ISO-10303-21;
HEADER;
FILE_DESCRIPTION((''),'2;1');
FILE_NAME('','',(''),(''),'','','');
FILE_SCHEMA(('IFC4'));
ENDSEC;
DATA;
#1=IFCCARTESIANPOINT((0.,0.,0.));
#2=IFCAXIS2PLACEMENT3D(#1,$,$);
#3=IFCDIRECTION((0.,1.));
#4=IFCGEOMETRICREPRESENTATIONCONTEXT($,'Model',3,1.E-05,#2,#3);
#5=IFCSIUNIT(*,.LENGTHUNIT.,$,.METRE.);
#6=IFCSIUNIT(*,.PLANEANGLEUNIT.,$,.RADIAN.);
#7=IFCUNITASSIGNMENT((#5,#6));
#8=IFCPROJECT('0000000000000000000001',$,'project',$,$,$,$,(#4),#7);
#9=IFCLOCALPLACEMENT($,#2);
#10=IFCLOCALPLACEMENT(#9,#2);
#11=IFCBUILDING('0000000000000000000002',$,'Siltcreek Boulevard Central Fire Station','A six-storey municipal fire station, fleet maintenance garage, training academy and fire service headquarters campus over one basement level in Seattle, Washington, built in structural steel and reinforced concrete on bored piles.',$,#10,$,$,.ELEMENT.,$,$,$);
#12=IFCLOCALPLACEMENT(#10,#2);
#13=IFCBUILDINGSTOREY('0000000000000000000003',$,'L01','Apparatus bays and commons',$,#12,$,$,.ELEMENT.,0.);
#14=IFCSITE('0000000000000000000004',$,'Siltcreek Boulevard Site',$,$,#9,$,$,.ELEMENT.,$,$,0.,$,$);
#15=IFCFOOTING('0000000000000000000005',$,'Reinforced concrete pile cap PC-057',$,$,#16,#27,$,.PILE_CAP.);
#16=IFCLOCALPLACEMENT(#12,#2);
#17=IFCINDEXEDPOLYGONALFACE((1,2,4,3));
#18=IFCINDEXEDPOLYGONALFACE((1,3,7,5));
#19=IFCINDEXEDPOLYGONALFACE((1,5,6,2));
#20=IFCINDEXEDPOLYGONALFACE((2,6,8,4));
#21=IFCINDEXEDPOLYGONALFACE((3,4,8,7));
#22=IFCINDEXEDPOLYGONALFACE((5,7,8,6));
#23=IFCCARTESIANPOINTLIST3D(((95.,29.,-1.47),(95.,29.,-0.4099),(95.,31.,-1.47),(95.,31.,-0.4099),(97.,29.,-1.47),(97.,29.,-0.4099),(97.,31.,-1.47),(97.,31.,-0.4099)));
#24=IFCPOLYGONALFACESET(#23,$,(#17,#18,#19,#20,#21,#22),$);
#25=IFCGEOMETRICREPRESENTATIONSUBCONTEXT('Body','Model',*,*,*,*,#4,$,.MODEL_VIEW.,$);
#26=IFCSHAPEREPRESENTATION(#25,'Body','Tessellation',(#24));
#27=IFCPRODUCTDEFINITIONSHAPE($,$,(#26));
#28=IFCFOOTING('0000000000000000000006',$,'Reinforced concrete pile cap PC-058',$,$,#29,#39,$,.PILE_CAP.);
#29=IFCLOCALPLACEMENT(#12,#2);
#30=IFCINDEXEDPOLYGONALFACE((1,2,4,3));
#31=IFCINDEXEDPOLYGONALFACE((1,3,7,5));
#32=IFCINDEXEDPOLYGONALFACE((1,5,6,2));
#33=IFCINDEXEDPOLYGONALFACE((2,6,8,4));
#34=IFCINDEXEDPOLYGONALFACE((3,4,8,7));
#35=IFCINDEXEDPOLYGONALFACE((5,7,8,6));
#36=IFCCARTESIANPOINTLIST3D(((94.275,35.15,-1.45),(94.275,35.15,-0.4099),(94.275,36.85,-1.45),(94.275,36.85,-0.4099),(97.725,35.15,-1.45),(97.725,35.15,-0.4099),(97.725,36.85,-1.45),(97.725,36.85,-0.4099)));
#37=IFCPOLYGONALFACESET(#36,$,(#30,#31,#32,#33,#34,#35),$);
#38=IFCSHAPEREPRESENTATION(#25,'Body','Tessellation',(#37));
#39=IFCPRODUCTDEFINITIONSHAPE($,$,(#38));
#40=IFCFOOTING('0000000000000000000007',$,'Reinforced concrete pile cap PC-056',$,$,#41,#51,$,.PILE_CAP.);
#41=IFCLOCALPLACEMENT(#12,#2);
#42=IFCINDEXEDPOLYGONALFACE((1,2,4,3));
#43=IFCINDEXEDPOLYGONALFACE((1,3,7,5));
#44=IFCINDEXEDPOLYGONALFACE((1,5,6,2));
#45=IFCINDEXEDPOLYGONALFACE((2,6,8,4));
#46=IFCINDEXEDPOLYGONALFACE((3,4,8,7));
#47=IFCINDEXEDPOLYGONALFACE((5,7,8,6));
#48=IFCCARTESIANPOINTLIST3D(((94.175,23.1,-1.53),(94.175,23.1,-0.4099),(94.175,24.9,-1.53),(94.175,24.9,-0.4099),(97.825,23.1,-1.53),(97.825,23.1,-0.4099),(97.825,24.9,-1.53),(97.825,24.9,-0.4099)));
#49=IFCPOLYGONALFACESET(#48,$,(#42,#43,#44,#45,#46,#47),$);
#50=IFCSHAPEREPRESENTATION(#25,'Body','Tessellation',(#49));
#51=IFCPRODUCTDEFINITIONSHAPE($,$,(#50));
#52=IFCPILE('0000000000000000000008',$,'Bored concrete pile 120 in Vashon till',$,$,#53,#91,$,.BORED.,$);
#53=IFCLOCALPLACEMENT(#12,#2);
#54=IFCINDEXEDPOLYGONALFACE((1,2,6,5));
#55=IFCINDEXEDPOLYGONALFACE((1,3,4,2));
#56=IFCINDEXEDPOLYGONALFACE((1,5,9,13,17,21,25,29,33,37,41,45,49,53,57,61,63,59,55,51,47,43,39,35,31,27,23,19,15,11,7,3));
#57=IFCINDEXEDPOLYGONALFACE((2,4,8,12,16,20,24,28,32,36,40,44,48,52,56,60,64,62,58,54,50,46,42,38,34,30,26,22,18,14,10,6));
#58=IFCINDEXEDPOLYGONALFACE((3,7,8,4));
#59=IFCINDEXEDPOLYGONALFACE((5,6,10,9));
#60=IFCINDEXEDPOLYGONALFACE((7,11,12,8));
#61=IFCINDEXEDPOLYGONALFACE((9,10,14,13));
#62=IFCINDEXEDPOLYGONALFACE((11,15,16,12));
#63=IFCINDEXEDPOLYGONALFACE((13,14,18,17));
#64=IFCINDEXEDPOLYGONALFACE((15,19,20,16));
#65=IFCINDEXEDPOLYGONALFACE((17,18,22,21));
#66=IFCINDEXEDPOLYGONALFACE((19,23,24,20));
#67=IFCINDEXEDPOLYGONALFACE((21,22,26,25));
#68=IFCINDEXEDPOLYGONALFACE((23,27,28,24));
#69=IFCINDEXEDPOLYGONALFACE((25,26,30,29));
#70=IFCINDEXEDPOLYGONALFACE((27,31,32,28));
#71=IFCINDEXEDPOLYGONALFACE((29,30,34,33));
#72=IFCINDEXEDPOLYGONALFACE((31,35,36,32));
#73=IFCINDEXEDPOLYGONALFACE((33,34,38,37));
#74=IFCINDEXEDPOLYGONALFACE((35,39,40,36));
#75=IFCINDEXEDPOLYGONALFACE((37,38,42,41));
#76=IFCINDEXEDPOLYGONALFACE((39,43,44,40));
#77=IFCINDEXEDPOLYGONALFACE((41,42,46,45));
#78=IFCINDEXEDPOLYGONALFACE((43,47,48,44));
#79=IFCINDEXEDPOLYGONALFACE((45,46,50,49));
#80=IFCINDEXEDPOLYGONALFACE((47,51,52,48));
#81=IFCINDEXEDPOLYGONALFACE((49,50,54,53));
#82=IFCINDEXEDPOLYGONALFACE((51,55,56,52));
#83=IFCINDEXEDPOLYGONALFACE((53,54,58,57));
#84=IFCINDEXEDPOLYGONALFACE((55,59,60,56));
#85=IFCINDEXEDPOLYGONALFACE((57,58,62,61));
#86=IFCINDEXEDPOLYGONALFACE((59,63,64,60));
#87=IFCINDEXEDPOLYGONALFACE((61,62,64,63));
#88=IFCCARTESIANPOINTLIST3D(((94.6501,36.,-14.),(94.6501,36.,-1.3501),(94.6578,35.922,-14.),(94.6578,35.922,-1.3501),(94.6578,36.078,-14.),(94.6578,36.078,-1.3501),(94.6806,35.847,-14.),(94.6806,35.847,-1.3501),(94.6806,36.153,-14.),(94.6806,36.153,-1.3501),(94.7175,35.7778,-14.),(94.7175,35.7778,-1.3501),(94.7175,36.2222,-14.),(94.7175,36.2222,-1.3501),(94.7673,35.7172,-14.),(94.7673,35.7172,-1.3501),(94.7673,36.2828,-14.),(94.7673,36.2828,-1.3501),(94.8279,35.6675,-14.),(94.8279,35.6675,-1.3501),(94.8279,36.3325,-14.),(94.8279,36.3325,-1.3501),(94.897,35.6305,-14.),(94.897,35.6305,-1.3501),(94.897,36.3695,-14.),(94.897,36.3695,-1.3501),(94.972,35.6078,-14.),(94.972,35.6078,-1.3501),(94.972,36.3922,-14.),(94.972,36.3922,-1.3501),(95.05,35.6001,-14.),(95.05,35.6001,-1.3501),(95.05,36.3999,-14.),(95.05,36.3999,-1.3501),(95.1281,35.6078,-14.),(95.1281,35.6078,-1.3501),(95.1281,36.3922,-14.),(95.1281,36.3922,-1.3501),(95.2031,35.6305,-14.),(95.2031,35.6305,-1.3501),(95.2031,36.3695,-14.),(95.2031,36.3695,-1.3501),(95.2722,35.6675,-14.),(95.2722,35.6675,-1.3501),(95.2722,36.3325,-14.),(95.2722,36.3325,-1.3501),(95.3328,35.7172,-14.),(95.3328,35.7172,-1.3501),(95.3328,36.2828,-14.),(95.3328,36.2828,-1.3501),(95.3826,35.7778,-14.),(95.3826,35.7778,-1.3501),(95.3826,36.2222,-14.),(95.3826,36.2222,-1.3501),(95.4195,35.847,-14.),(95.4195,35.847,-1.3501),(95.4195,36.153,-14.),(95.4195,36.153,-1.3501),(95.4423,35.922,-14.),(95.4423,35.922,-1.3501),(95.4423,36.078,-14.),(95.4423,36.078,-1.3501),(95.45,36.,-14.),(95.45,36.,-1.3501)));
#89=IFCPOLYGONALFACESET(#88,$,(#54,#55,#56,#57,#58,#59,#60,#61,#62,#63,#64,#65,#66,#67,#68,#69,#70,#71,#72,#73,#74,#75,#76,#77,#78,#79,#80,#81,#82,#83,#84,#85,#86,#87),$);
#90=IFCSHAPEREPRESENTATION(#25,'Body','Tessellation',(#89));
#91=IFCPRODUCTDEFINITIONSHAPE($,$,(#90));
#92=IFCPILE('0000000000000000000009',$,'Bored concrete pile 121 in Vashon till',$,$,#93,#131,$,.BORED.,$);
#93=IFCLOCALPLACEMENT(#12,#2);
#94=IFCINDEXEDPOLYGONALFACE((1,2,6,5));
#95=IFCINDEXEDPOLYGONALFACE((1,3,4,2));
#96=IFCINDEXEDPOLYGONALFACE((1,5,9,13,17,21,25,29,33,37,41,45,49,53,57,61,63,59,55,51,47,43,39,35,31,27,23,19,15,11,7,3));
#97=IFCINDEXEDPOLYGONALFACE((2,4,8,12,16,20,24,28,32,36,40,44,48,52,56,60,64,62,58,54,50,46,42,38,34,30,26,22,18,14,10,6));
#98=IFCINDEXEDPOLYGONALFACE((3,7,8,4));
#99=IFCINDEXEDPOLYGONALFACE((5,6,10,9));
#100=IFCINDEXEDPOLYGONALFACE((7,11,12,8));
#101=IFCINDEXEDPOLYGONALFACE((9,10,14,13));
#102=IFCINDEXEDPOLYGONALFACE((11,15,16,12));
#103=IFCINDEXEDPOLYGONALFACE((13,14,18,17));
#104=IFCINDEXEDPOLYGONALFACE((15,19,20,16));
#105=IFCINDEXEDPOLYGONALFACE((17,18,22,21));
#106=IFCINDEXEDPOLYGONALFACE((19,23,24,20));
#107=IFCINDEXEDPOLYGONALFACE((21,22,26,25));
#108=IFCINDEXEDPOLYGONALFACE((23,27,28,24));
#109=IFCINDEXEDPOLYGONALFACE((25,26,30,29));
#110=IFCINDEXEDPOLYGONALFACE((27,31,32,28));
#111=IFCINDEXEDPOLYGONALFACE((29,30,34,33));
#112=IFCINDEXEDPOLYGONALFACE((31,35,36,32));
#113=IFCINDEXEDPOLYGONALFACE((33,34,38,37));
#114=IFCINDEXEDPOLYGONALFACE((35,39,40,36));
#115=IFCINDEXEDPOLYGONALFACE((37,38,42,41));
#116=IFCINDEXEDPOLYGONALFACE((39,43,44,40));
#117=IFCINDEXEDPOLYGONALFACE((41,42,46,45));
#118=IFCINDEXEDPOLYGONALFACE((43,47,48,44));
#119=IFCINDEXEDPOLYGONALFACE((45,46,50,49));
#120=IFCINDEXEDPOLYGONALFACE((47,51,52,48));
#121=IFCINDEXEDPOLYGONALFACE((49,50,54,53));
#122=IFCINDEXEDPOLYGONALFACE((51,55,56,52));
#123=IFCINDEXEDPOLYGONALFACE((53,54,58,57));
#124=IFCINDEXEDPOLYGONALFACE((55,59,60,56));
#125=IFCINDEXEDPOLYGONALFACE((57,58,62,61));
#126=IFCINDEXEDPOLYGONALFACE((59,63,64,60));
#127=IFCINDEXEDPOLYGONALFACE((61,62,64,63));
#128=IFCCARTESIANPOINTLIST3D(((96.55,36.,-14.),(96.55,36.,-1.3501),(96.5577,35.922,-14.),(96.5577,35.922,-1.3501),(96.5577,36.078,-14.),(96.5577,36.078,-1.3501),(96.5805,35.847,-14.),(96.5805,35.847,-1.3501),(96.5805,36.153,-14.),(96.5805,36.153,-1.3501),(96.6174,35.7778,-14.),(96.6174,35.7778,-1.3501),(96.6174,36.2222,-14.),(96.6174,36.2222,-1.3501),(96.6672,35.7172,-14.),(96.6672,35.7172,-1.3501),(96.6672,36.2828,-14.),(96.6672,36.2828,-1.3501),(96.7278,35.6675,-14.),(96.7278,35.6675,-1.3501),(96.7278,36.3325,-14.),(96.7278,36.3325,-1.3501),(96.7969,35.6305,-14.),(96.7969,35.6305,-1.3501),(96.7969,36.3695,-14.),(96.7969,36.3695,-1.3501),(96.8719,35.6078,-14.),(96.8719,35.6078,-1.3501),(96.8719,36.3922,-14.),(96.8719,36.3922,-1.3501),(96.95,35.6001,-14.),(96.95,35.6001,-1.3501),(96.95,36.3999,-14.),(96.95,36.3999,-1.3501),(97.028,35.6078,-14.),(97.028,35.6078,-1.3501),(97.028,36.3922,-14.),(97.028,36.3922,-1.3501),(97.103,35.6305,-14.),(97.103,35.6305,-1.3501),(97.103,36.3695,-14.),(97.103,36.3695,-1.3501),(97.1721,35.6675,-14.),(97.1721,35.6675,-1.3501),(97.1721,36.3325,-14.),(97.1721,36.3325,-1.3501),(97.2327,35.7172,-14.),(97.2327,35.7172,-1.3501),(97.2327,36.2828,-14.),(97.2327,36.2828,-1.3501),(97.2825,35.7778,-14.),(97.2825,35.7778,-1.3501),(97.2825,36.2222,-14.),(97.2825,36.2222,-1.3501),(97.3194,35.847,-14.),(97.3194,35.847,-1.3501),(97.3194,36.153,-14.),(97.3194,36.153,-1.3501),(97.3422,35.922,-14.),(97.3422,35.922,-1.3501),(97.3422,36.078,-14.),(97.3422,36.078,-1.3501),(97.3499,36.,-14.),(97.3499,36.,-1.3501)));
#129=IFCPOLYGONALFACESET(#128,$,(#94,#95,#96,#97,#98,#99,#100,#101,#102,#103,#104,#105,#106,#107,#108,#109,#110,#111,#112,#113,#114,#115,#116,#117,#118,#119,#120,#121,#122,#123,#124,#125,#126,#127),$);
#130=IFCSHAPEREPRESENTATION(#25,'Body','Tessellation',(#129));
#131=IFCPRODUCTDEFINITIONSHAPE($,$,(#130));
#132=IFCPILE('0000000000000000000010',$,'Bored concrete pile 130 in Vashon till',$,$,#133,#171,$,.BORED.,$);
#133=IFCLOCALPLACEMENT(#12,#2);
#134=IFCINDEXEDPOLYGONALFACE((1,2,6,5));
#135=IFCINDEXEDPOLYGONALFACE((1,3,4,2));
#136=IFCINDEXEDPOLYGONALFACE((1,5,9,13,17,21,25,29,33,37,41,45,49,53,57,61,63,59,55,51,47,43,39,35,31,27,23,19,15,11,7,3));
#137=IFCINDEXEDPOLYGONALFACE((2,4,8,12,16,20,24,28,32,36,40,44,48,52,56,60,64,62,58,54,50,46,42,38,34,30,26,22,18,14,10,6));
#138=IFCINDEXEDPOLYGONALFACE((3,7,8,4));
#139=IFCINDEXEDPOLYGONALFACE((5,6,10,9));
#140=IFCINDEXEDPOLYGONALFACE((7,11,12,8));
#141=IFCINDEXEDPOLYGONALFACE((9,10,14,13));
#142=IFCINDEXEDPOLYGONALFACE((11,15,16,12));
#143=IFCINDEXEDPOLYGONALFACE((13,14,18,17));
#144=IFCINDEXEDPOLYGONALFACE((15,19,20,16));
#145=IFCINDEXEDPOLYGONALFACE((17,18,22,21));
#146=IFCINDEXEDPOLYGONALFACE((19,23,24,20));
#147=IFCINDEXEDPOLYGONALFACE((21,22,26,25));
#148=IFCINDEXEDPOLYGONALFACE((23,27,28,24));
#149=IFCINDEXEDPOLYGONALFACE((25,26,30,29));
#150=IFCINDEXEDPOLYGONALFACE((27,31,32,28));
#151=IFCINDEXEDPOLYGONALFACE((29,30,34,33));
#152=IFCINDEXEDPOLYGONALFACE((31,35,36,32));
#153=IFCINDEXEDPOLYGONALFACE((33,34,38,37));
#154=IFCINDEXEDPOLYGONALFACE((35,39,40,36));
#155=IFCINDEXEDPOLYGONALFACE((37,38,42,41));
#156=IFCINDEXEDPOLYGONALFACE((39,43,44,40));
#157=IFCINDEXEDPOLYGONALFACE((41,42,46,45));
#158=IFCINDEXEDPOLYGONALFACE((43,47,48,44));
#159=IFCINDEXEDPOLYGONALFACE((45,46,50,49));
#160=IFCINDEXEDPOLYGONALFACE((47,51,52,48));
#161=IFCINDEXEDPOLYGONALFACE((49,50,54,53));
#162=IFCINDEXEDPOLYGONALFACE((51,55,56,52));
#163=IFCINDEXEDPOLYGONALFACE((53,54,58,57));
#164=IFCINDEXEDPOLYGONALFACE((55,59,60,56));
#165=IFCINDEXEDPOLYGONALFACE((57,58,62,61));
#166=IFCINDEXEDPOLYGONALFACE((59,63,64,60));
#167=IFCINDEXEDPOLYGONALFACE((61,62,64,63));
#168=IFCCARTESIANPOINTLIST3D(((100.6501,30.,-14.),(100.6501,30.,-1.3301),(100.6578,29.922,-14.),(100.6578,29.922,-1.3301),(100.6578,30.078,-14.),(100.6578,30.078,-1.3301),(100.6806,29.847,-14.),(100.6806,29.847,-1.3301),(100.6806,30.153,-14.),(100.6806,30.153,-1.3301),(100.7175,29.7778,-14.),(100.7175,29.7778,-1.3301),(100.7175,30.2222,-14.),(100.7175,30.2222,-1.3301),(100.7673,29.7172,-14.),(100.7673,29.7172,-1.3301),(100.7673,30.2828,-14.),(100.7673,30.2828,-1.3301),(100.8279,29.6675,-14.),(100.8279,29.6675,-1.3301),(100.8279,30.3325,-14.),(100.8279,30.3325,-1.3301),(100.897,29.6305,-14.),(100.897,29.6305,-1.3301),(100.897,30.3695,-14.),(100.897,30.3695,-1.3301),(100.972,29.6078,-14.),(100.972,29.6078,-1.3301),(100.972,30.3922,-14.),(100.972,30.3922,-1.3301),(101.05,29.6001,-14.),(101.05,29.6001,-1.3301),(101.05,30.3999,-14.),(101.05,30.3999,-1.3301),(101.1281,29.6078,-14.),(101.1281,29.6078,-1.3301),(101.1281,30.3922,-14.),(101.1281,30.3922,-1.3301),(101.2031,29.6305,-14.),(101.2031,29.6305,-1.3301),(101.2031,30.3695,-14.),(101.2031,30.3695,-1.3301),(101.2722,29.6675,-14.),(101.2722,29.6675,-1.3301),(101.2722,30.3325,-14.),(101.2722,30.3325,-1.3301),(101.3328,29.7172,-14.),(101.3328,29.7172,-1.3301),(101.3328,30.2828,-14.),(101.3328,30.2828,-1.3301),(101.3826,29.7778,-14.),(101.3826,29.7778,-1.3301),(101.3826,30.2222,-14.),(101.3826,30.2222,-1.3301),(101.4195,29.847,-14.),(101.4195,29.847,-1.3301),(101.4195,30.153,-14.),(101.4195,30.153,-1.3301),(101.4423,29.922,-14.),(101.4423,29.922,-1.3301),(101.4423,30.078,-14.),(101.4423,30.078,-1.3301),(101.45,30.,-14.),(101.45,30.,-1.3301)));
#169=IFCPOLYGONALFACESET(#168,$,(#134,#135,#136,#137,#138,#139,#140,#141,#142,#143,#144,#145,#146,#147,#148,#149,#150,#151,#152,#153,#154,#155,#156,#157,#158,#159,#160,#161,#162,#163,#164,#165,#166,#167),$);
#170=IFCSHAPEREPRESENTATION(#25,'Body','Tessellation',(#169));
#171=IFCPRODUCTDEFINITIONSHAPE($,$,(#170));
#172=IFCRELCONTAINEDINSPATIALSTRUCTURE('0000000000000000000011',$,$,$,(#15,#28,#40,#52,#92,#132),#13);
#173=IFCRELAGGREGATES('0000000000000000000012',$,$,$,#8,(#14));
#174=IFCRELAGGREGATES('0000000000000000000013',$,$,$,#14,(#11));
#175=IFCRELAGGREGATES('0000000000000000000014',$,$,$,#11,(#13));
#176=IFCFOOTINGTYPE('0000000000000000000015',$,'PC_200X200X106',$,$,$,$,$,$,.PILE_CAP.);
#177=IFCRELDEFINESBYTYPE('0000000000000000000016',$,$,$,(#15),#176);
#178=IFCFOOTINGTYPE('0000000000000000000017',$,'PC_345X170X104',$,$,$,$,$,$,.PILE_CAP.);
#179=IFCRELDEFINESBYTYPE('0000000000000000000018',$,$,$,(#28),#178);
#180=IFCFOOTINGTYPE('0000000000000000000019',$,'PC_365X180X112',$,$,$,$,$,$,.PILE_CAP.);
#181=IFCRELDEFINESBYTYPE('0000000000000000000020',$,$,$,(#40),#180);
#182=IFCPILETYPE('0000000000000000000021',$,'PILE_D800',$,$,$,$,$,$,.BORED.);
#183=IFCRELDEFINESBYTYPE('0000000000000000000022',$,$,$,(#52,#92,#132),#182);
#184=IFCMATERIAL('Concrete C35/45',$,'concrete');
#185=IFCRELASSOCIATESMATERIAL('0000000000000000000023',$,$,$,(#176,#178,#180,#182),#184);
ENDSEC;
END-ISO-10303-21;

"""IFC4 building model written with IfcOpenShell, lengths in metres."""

from ifc_helpers import new_model, si_unit, direction, frame, origin, origin_2d, place, context, subcontext, project, spatial, rectangle, circle, extrude, material, material_profile, profile_set, type_object, element, save


model = new_model("IFC4")

# Units and contexts
model_context = context("Model", 3, precision=1e-05, world=origin(), true_north=direction((0.0, 1.0)))
body_context = subcontext(model_context, "Body", "Model", "MODEL_VIEW")
ifc_project = project(units=[si_unit("LENGTHUNIT", "METRE"), si_unit("PLANEANGLEUNIT", "RADIAN")], contexts=[model_context])

# Site, building, storey
site_placement = place(None, origin())
site = spatial("IfcSite", under=ifc_project, at=site_placement, Name="Siltcreek Boulevard Site", CompositionType="ELEMENT", RefElevation=0.0)
building_placement = place(site_placement, origin())
building = spatial("IfcBuilding", under=site, at=building_placement, Name="Siltcreek Boulevard Central Fire Station", Description="A six-storey municipal fire station, fleet maintenance garage, training academy and fire service headquarters campus over one basement level in Seattle, Washington, built in structural steel and reinforced concrete on bored piles.", CompositionType="ELEMENT")
storey_placement = place(building_placement, origin())
storey = spatial("IfcBuildingStorey", under=building, at=storey_placement, Name="L01", Description="Apparatus bays and commons", CompositionType="ELEMENT", Elevation=0.0)

# Footings
ifc_material_1 = material(Name="Concrete C35/45", Category="concrete")
footing_type_1 = type_object("IfcFootingType", Name="PC_200X200X106", PredefinedType="PILE_CAP", material=ifc_material_1)
footing_1_placement = place(storey_placement, frame((96.0, 30.0, -1.47), z_axis=(0.0, 0.0, 1.0), x_axis=(1.0, 0.0, 0.0)))
element("IfcFooting", 1, at=footing_1_placement, inside=storey, type_object=footing_type_1, Name="Reinforced concrete pile cap PC-057", PredefinedType="PILE_CAP", context=body_context, shape_type="SweptSolid", body=[
    extrude(rectangle(XDim=2.0, YDim=2.0, at=origin_2d()), origin(), (0.0, 0.0, 1.0), 1.0601),
])
footing_type_2 = type_object("IfcFootingType", Name="PC_345X170X104", PredefinedType="PILE_CAP", material=ifc_material_1)
footing_2_placement = place(storey_placement, frame((96.0, 36.0, -1.45), z_axis=(0.0, 0.0, 1.0), x_axis=(1.0, 0.0, 0.0)))
element("IfcFooting", 2, at=footing_2_placement, inside=storey, type_object=footing_type_2, Name="Reinforced concrete pile cap PC-058", PredefinedType="PILE_CAP", context=body_context, shape_type="SweptSolid", body=[
    extrude(rectangle(XDim=3.45, YDim=1.7, at=origin_2d()), origin(), (0.0, 0.0, 1.0), 1.04),
])
footing_type_3 = type_object("IfcFootingType", Name="PC_365X180X112", PredefinedType="PILE_CAP", material=ifc_material_1)
footing_3_placement = place(storey_placement, frame((96.0, 24.0, -1.53), z_axis=(0.0, 0.0, 1.0), x_axis=(1.0, 0.0, 0.0)))
element("IfcFooting", 3, at=footing_3_placement, inside=storey, type_object=footing_type_3, Name="Reinforced concrete pile cap PC-056", PredefinedType="PILE_CAP", context=body_context, shape_type="SweptSolid", body=[
    extrude(rectangle(XDim=3.6499, YDim=1.8, at=origin_2d()), origin(), (0.0, 0.0, 1.0), 1.1201),
])

# Piles
ifc_material_profile_1 = material_profile(ifc_material_1, circle(Radius=0.3999, at=origin_2d()), Name="SHAFT800")
ifc_profile_set_1 = profile_set([ifc_material_profile_1], Name="Concrete C35/45")
pile_type_1 = type_object("IfcPileType", Name="PILE_D800", PredefinedType="BORED", material=ifc_profile_set_1)
for number, where, z_axis, x_axis, name in (
    (4, (95.05, 36.0, -1.3501), (0.0, 0.0, -1.0), (1.0, 0.0, 0.0), "Bored concrete pile 120 in Vashon till"),
    (5, (96.95, 36.0, -1.3501), (0.0, 0.0, -1.0), (1.0, 0.0, 0.0), "Bored concrete pile 121 in Vashon till"),
):
    element("IfcPile", number, at=place(storey_placement, frame(where, z_axis=z_axis, x_axis=x_axis)), inside=storey, type_object=pile_type_1, Name=name, PredefinedType="BORED", context=body_context, shape_type="SweptSolid", body=[
        extrude(circle(Radius=0.3999, at=origin_2d()), origin(), (0.0, 0.0, 1.0), 12.6499),
    ])
pile_1_placement = place(storey_placement, frame((101.05, 30.0, -1.3301), z_axis=(0.0, 0.0, -1.0), x_axis=(1.0, 0.0, 0.0)))
element("IfcPile", 6, at=pile_1_placement, inside=storey, type_object=pile_type_1, Name="Bored concrete pile 130 in Vashon till", PredefinedType="BORED", context=body_context, shape_type="SweptSolid", body=[
    extrude(circle(Radius=0.3999, at=origin_2d()), origin(), (0.0, 0.0, 1.0), 12.6699),
])

save(model, "model.ifc")
